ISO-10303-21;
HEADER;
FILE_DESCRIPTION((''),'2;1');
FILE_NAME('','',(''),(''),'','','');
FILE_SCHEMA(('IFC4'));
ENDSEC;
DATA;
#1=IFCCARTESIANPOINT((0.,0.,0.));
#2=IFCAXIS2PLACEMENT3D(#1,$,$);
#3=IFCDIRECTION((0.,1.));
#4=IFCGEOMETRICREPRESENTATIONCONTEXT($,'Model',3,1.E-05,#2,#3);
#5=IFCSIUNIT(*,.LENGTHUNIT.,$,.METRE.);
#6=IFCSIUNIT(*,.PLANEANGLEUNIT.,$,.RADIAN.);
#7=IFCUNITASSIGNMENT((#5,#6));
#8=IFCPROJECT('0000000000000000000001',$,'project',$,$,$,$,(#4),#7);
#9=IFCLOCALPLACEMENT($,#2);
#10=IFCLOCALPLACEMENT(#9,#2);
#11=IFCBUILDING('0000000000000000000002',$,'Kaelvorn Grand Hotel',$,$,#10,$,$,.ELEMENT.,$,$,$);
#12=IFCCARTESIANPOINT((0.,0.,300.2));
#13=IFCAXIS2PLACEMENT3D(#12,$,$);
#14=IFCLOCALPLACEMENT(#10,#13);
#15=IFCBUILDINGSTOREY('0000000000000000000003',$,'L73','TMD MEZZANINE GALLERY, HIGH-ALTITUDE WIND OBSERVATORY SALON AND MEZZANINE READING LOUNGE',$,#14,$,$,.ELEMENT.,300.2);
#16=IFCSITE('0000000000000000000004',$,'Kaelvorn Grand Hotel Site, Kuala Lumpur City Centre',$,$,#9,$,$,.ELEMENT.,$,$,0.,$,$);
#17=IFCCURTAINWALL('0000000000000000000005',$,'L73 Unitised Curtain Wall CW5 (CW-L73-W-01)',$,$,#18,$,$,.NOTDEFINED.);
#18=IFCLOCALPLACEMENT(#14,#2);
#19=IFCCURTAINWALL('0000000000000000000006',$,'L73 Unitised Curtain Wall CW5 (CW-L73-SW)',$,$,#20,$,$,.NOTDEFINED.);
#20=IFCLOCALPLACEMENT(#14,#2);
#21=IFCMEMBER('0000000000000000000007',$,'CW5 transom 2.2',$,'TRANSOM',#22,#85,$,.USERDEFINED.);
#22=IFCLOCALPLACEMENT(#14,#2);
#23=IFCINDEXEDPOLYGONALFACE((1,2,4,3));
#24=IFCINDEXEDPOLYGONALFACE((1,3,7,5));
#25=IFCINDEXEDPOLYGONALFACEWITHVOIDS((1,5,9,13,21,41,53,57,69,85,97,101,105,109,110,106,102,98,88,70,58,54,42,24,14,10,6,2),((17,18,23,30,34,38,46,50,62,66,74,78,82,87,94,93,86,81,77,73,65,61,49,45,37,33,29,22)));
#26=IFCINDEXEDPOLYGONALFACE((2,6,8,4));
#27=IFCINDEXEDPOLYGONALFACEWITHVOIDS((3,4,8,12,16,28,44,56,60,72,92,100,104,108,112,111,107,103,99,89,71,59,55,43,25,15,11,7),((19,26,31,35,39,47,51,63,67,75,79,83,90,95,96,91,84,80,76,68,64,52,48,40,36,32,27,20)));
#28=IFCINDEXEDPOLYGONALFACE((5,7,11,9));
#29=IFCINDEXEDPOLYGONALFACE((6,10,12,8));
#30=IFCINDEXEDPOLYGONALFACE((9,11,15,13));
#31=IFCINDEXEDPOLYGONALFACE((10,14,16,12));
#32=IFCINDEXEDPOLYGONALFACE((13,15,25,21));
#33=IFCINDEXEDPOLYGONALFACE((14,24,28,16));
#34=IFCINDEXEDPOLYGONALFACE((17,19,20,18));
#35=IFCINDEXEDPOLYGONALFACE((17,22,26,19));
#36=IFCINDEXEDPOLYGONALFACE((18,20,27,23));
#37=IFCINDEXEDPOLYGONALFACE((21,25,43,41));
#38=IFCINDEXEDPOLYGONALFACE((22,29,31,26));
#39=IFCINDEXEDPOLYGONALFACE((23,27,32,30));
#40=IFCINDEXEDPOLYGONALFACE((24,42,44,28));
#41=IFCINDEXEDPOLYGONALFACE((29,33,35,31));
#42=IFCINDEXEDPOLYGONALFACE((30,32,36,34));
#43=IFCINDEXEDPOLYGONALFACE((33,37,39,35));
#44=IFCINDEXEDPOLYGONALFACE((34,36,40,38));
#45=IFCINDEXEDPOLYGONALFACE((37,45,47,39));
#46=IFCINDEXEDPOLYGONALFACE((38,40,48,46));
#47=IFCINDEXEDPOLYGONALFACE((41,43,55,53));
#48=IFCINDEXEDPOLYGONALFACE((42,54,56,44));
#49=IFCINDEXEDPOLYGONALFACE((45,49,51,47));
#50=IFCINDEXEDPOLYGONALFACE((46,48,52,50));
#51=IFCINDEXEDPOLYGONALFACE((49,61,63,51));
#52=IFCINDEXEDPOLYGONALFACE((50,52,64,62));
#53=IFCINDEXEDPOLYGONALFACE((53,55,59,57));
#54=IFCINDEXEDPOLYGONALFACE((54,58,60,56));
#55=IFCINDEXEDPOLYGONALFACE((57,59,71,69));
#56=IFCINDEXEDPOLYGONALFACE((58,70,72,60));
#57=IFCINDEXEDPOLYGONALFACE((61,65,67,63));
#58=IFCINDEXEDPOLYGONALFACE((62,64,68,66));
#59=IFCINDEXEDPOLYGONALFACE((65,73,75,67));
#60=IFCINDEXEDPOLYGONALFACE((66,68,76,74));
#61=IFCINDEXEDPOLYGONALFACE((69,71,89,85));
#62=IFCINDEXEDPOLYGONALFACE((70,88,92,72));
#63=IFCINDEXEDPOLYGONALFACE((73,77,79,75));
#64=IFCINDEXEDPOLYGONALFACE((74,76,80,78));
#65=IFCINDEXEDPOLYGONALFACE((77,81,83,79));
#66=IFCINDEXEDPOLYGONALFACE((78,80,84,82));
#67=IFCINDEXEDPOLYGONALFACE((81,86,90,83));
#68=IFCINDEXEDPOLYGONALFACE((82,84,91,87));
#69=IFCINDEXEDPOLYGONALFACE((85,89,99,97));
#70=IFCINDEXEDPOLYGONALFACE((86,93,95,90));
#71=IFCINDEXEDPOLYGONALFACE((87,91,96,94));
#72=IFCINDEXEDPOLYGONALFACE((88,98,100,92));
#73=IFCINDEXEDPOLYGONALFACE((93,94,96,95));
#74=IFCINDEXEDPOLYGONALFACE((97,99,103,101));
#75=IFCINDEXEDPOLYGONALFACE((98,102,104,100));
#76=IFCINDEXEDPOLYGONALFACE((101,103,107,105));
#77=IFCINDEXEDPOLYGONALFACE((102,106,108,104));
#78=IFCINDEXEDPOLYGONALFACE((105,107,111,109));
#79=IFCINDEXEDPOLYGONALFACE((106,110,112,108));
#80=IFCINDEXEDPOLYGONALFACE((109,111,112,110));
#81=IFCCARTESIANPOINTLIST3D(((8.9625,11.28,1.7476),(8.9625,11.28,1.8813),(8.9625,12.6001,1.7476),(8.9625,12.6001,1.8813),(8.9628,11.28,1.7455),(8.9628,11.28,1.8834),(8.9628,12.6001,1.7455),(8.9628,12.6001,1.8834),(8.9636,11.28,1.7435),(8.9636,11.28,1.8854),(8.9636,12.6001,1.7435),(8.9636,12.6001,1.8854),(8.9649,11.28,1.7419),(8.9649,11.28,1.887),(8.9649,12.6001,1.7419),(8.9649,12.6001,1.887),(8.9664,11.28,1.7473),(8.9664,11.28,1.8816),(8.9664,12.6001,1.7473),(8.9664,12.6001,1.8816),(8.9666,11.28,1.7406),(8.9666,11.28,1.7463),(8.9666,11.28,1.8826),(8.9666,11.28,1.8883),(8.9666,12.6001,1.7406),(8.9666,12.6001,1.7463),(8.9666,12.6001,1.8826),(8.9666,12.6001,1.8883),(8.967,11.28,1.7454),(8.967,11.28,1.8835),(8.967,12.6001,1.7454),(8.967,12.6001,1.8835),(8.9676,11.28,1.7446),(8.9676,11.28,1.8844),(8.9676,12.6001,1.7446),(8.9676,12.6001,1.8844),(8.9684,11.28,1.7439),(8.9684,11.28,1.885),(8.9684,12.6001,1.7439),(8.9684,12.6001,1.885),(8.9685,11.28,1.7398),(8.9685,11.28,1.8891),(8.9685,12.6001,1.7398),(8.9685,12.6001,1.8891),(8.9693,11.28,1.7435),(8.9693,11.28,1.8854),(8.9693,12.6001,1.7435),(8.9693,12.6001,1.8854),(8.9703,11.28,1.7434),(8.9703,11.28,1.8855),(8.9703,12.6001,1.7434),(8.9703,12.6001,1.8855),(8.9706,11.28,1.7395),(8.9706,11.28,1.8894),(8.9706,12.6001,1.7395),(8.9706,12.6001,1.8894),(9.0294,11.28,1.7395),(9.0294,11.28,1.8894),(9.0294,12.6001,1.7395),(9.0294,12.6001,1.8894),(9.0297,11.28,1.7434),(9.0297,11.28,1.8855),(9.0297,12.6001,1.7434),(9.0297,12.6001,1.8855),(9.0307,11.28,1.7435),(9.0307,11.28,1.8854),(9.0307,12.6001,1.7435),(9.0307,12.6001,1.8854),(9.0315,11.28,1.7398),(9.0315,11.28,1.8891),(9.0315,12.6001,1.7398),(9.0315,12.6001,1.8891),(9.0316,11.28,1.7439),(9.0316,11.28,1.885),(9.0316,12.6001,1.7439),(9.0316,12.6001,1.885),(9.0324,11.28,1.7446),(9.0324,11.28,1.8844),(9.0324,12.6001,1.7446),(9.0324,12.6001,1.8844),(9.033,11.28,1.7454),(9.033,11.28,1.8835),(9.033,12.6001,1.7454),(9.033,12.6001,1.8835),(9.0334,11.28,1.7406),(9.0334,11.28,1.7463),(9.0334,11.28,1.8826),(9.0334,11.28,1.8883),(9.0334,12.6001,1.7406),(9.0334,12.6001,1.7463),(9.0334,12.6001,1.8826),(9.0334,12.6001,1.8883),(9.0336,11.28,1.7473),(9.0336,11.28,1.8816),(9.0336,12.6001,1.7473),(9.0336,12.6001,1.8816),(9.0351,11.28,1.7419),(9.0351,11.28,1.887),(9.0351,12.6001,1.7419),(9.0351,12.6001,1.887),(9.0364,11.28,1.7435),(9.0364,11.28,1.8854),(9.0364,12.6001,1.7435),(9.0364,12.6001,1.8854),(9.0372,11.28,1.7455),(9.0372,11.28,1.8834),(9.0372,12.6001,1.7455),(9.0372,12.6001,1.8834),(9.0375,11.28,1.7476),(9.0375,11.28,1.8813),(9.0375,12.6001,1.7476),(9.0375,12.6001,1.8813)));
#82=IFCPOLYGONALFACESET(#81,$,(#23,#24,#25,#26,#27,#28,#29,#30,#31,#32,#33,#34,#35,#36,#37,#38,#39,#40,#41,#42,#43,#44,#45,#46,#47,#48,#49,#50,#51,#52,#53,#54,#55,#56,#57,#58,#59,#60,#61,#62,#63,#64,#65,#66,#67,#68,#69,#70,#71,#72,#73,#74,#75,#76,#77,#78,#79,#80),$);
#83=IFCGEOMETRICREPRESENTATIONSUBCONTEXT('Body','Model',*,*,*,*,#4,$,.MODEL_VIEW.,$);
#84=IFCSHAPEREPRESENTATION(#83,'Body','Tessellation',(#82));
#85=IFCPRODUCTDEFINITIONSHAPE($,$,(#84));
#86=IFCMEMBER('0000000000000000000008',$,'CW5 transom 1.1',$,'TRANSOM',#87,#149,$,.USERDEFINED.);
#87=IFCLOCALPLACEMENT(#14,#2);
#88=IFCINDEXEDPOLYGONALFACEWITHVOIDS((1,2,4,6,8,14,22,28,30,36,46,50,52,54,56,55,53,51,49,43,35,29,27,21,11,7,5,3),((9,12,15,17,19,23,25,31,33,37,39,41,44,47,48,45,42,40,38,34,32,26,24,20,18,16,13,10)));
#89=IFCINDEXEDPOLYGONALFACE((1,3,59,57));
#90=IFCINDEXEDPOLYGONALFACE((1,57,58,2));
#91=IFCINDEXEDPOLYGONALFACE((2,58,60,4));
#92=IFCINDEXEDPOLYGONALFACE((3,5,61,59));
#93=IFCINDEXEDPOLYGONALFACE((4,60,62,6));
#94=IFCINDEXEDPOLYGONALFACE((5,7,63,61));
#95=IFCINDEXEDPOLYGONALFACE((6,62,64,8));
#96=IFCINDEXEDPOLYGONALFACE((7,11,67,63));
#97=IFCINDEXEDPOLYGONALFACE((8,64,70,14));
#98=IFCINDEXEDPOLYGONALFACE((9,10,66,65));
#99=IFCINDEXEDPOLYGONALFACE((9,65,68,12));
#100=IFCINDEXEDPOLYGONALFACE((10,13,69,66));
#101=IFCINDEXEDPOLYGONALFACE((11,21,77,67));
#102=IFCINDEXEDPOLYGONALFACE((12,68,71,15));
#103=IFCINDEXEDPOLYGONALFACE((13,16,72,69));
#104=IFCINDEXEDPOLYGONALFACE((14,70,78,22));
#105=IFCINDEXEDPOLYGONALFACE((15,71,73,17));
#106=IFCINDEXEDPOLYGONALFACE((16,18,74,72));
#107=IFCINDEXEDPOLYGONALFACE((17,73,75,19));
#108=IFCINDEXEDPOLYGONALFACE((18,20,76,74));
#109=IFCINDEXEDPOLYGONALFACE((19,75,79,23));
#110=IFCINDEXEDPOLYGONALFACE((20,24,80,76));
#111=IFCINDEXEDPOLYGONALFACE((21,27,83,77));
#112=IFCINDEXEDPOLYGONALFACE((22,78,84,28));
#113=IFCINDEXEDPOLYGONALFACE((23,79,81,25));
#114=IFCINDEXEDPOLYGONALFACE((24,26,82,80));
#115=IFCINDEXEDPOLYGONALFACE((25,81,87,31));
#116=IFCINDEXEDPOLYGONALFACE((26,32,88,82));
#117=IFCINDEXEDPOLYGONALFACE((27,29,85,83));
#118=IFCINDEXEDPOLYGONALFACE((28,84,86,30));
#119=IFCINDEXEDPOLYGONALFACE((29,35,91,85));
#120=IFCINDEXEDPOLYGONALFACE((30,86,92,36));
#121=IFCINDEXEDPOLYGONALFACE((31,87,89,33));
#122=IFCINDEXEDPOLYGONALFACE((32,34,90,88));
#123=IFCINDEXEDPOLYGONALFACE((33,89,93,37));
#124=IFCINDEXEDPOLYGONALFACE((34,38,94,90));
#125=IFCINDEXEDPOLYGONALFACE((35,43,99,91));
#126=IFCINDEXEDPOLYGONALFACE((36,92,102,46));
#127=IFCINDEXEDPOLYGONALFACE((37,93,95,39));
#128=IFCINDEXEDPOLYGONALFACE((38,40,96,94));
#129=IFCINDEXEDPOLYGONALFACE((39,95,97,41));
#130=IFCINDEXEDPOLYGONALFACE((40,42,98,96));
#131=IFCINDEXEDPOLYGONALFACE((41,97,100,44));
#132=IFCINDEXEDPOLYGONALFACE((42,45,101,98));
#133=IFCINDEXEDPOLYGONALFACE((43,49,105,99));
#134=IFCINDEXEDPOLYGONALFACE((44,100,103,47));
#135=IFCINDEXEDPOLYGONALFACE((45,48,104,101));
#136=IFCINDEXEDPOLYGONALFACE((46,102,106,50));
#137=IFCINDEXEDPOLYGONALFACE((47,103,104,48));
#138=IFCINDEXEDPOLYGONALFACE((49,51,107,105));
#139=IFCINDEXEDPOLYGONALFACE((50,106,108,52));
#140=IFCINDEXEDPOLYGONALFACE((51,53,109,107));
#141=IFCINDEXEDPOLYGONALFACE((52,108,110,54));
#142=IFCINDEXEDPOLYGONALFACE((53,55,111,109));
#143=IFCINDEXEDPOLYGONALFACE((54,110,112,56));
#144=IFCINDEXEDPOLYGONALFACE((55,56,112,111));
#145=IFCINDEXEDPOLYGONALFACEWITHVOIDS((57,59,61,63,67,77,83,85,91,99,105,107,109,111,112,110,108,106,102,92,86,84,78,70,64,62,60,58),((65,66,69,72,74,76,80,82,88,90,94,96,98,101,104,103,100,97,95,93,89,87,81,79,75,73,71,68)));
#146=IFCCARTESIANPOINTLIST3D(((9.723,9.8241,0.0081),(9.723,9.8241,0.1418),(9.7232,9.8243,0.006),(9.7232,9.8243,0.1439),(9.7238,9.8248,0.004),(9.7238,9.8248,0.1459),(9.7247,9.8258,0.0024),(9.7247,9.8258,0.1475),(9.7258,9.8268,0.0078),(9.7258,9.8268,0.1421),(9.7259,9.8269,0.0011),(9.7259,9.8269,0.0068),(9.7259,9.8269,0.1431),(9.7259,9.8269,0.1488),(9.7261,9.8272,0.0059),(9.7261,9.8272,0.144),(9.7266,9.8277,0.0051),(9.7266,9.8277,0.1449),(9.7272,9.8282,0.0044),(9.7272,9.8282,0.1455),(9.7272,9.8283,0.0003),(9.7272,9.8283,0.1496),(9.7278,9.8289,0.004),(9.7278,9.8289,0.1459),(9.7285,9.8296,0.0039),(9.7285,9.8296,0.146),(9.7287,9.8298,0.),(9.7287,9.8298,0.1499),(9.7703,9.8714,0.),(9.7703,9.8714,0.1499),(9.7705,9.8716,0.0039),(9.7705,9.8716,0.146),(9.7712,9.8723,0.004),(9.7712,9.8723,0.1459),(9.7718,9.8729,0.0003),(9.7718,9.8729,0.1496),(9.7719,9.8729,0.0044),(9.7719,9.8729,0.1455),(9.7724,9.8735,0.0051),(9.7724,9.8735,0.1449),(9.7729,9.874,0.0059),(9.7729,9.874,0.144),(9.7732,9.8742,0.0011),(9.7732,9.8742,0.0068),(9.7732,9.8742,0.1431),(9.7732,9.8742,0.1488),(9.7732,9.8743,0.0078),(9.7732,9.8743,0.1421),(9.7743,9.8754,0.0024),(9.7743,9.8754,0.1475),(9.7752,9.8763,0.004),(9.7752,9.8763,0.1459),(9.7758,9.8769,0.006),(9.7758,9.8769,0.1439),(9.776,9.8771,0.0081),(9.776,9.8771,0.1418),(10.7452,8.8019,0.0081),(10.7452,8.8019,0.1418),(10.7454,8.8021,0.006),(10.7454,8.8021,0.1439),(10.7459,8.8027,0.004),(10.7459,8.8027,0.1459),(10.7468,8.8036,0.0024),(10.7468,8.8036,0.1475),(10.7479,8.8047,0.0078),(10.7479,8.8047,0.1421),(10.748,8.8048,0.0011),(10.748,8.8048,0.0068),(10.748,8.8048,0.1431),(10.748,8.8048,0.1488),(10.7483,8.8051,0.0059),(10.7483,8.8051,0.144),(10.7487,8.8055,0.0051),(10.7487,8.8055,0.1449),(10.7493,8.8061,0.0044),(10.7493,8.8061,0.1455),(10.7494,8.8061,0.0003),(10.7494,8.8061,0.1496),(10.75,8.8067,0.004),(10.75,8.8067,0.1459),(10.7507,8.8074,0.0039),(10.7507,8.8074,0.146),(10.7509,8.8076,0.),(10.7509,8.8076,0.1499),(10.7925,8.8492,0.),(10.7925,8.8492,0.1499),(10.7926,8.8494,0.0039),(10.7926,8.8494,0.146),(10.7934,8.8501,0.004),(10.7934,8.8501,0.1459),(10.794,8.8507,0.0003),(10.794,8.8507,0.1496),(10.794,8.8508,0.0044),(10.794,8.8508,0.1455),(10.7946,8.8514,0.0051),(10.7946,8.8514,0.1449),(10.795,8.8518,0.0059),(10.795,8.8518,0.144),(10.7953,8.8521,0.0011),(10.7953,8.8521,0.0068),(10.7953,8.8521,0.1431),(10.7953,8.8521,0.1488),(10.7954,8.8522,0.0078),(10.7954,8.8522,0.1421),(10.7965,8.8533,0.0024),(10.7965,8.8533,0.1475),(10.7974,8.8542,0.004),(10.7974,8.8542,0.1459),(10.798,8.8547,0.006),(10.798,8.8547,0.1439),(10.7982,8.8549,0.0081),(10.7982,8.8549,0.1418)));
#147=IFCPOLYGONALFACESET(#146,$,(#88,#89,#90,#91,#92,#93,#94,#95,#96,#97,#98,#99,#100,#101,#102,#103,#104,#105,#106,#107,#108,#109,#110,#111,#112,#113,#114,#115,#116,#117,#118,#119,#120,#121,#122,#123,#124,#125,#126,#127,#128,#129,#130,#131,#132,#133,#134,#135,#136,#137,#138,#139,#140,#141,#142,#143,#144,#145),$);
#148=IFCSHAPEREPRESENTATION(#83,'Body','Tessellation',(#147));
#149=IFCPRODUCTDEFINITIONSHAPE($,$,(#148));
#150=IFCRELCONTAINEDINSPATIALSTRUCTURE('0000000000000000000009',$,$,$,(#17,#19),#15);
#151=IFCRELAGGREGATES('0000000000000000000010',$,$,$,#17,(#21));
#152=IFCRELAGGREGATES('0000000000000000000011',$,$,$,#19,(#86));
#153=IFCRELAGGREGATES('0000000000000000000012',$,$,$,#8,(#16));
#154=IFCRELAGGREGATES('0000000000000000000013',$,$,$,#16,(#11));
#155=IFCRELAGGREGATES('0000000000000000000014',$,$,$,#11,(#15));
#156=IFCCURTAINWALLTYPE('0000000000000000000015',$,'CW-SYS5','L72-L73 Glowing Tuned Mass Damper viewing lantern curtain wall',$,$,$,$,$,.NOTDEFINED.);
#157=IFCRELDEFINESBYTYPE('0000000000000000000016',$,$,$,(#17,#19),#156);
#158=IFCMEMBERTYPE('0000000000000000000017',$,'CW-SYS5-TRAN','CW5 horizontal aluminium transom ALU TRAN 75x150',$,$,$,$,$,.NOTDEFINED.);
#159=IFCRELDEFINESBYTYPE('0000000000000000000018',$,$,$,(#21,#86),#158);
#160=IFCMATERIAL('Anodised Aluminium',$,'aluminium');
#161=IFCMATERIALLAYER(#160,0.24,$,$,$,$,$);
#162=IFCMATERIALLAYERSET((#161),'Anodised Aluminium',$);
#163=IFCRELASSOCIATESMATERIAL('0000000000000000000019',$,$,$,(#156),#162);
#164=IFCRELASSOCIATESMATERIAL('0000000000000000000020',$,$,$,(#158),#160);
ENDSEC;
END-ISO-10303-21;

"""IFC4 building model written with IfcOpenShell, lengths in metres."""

from ifc_helpers import new_model, si_unit, direction, frame, origin, origin_2d, place, context, subcontext, project, spatial, hollow_rectangle, extrude, material, layer, layer_set, material_profile, profile_set, type_object, element, aggregate, save


model = new_model("IFC4")

# Units and contexts
model_context = context("Model", 3, precision=1e-05, world=origin(), true_north=direction((0.0, 1.0)))
body_context = subcontext(model_context, "Body", "Model", "MODEL_VIEW")
ifc_project = project(units=[si_unit("LENGTHUNIT", "METRE"), si_unit("PLANEANGLEUNIT", "RADIAN")], contexts=[model_context])

# Site, building, storey
site_placement = place(None, origin())
site = spatial("IfcSite", under=ifc_project, at=site_placement, Name="Kaelvorn Grand Hotel Site, Kuala Lumpur City Centre", CompositionType="ELEMENT", RefElevation=0.0)
building_placement = place(site_placement, origin())
building = spatial("IfcBuilding", under=site, at=building_placement, Name="Kaelvorn Grand Hotel", CompositionType="ELEMENT")
storey_placement = place(building_placement, frame((0.0, 0.0, 300.2)))
storey = spatial("IfcBuildingStorey", under=building, at=storey_placement, Name="L73", Description="TMD MEZZANINE GALLERY, HIGH-ALTITUDE WIND OBSERVATORY SALON AND MEZZANINE READING LOUNGE", CompositionType="ELEMENT", Elevation=300.2)

# Curtain wall
ifc_material_1 = material(Name="Anodised Aluminium", Category="aluminium")
ifc_layer_1 = layer(ifc_material_1, 0.24)
ifc_layer_set_1 = layer_set([ifc_layer_1], Name="Anodised Aluminium")
curtain_wall_type = type_object("IfcCurtainWallType", Name="CW-SYS5", Description="L72-L73 Glowing Tuned Mass Damper viewing lantern curtain wall", PredefinedType="NOTDEFINED", material=ifc_layer_set_1)
curtain_wall_1_placement = place(storey_placement, origin())
curtain_wall_1 = element("IfcCurtainWall", 1, at=curtain_wall_1_placement, inside=storey, type_object=curtain_wall_type, Name="L73 Unitised Curtain Wall CW5 (CW-L73-W-01)", PredefinedType="NOTDEFINED")

# Curtain wall
curtain_wall_2_placement = place(storey_placement, origin())
curtain_wall_2 = element("IfcCurtainWall", 2, at=curtain_wall_2_placement, inside=storey, type_object=curtain_wall_type, Name="L73 Unitised Curtain Wall CW5 (CW-L73-SW)", PredefinedType="NOTDEFINED")

# Members
ifc_material_profile_1 = material_profile(ifc_material_1, hollow_rectangle(XDim=0.075, YDim=0.1499, WallThickness=0.0039, InnerFilletRadius=0.0039, OuterFilletRadius=0.0081, at=origin_2d()), Name="ALU TRAN 75x150")
ifc_profile_set_1 = profile_set([ifc_material_profile_1], Name="Anodised Aluminium")
member_type_1 = type_object("IfcMemberType", Name="CW-SYS5-TRAN", Description="CW5 horizontal aluminium transom ALU TRAN 75x150", PredefinedType="NOTDEFINED", material=ifc_profile_set_1)
member_1_placement = place(storey_placement, frame((9.0, 12.6001, 1.8145), z_axis=(0.0, -1.0, 0.0), x_axis=(1.0, 0.0, 0.0)))
member_1 = element("IfcMember", 3, at=member_1_placement, type_object=member_type_1, Name="CW5 transom 2.2", ObjectType="TRANSOM", PredefinedType="USERDEFINED", context=body_context, shape_type="SweptSolid", body=[
    extrude(hollow_rectangle(XDim=0.075, YDim=0.1499, WallThickness=0.0039, InnerFilletRadius=0.0039, OuterFilletRadius=0.0081, at=origin_2d()), origin(), (0.0, 0.0, 1.0), 1.3201),
])
member_2_placement = place(storey_placement, frame((9.7495, 9.8506, 0.075), z_axis=(0.707107, -0.707107, 0.0), x_axis=(0.707107, 0.707107, 0.0)))
member_2 = element("IfcMember", 4, at=member_2_placement, type_object=member_type_1, Name="CW5 transom 1.1", ObjectType="TRANSOM", PredefinedType="USERDEFINED", context=body_context, shape_type="SweptSolid", body=[
    extrude(hollow_rectangle(XDim=0.075, YDim=0.1499, WallThickness=0.0039, InnerFilletRadius=0.0039, OuterFilletRadius=0.0081, at=origin_2d()), origin(), (0.0, 0.0, 1.0), 1.4456),
])

aggregate(curtain_wall_1, [member_1])
aggregate(curtain_wall_2, [member_2])

save(model, "model.ifc")
